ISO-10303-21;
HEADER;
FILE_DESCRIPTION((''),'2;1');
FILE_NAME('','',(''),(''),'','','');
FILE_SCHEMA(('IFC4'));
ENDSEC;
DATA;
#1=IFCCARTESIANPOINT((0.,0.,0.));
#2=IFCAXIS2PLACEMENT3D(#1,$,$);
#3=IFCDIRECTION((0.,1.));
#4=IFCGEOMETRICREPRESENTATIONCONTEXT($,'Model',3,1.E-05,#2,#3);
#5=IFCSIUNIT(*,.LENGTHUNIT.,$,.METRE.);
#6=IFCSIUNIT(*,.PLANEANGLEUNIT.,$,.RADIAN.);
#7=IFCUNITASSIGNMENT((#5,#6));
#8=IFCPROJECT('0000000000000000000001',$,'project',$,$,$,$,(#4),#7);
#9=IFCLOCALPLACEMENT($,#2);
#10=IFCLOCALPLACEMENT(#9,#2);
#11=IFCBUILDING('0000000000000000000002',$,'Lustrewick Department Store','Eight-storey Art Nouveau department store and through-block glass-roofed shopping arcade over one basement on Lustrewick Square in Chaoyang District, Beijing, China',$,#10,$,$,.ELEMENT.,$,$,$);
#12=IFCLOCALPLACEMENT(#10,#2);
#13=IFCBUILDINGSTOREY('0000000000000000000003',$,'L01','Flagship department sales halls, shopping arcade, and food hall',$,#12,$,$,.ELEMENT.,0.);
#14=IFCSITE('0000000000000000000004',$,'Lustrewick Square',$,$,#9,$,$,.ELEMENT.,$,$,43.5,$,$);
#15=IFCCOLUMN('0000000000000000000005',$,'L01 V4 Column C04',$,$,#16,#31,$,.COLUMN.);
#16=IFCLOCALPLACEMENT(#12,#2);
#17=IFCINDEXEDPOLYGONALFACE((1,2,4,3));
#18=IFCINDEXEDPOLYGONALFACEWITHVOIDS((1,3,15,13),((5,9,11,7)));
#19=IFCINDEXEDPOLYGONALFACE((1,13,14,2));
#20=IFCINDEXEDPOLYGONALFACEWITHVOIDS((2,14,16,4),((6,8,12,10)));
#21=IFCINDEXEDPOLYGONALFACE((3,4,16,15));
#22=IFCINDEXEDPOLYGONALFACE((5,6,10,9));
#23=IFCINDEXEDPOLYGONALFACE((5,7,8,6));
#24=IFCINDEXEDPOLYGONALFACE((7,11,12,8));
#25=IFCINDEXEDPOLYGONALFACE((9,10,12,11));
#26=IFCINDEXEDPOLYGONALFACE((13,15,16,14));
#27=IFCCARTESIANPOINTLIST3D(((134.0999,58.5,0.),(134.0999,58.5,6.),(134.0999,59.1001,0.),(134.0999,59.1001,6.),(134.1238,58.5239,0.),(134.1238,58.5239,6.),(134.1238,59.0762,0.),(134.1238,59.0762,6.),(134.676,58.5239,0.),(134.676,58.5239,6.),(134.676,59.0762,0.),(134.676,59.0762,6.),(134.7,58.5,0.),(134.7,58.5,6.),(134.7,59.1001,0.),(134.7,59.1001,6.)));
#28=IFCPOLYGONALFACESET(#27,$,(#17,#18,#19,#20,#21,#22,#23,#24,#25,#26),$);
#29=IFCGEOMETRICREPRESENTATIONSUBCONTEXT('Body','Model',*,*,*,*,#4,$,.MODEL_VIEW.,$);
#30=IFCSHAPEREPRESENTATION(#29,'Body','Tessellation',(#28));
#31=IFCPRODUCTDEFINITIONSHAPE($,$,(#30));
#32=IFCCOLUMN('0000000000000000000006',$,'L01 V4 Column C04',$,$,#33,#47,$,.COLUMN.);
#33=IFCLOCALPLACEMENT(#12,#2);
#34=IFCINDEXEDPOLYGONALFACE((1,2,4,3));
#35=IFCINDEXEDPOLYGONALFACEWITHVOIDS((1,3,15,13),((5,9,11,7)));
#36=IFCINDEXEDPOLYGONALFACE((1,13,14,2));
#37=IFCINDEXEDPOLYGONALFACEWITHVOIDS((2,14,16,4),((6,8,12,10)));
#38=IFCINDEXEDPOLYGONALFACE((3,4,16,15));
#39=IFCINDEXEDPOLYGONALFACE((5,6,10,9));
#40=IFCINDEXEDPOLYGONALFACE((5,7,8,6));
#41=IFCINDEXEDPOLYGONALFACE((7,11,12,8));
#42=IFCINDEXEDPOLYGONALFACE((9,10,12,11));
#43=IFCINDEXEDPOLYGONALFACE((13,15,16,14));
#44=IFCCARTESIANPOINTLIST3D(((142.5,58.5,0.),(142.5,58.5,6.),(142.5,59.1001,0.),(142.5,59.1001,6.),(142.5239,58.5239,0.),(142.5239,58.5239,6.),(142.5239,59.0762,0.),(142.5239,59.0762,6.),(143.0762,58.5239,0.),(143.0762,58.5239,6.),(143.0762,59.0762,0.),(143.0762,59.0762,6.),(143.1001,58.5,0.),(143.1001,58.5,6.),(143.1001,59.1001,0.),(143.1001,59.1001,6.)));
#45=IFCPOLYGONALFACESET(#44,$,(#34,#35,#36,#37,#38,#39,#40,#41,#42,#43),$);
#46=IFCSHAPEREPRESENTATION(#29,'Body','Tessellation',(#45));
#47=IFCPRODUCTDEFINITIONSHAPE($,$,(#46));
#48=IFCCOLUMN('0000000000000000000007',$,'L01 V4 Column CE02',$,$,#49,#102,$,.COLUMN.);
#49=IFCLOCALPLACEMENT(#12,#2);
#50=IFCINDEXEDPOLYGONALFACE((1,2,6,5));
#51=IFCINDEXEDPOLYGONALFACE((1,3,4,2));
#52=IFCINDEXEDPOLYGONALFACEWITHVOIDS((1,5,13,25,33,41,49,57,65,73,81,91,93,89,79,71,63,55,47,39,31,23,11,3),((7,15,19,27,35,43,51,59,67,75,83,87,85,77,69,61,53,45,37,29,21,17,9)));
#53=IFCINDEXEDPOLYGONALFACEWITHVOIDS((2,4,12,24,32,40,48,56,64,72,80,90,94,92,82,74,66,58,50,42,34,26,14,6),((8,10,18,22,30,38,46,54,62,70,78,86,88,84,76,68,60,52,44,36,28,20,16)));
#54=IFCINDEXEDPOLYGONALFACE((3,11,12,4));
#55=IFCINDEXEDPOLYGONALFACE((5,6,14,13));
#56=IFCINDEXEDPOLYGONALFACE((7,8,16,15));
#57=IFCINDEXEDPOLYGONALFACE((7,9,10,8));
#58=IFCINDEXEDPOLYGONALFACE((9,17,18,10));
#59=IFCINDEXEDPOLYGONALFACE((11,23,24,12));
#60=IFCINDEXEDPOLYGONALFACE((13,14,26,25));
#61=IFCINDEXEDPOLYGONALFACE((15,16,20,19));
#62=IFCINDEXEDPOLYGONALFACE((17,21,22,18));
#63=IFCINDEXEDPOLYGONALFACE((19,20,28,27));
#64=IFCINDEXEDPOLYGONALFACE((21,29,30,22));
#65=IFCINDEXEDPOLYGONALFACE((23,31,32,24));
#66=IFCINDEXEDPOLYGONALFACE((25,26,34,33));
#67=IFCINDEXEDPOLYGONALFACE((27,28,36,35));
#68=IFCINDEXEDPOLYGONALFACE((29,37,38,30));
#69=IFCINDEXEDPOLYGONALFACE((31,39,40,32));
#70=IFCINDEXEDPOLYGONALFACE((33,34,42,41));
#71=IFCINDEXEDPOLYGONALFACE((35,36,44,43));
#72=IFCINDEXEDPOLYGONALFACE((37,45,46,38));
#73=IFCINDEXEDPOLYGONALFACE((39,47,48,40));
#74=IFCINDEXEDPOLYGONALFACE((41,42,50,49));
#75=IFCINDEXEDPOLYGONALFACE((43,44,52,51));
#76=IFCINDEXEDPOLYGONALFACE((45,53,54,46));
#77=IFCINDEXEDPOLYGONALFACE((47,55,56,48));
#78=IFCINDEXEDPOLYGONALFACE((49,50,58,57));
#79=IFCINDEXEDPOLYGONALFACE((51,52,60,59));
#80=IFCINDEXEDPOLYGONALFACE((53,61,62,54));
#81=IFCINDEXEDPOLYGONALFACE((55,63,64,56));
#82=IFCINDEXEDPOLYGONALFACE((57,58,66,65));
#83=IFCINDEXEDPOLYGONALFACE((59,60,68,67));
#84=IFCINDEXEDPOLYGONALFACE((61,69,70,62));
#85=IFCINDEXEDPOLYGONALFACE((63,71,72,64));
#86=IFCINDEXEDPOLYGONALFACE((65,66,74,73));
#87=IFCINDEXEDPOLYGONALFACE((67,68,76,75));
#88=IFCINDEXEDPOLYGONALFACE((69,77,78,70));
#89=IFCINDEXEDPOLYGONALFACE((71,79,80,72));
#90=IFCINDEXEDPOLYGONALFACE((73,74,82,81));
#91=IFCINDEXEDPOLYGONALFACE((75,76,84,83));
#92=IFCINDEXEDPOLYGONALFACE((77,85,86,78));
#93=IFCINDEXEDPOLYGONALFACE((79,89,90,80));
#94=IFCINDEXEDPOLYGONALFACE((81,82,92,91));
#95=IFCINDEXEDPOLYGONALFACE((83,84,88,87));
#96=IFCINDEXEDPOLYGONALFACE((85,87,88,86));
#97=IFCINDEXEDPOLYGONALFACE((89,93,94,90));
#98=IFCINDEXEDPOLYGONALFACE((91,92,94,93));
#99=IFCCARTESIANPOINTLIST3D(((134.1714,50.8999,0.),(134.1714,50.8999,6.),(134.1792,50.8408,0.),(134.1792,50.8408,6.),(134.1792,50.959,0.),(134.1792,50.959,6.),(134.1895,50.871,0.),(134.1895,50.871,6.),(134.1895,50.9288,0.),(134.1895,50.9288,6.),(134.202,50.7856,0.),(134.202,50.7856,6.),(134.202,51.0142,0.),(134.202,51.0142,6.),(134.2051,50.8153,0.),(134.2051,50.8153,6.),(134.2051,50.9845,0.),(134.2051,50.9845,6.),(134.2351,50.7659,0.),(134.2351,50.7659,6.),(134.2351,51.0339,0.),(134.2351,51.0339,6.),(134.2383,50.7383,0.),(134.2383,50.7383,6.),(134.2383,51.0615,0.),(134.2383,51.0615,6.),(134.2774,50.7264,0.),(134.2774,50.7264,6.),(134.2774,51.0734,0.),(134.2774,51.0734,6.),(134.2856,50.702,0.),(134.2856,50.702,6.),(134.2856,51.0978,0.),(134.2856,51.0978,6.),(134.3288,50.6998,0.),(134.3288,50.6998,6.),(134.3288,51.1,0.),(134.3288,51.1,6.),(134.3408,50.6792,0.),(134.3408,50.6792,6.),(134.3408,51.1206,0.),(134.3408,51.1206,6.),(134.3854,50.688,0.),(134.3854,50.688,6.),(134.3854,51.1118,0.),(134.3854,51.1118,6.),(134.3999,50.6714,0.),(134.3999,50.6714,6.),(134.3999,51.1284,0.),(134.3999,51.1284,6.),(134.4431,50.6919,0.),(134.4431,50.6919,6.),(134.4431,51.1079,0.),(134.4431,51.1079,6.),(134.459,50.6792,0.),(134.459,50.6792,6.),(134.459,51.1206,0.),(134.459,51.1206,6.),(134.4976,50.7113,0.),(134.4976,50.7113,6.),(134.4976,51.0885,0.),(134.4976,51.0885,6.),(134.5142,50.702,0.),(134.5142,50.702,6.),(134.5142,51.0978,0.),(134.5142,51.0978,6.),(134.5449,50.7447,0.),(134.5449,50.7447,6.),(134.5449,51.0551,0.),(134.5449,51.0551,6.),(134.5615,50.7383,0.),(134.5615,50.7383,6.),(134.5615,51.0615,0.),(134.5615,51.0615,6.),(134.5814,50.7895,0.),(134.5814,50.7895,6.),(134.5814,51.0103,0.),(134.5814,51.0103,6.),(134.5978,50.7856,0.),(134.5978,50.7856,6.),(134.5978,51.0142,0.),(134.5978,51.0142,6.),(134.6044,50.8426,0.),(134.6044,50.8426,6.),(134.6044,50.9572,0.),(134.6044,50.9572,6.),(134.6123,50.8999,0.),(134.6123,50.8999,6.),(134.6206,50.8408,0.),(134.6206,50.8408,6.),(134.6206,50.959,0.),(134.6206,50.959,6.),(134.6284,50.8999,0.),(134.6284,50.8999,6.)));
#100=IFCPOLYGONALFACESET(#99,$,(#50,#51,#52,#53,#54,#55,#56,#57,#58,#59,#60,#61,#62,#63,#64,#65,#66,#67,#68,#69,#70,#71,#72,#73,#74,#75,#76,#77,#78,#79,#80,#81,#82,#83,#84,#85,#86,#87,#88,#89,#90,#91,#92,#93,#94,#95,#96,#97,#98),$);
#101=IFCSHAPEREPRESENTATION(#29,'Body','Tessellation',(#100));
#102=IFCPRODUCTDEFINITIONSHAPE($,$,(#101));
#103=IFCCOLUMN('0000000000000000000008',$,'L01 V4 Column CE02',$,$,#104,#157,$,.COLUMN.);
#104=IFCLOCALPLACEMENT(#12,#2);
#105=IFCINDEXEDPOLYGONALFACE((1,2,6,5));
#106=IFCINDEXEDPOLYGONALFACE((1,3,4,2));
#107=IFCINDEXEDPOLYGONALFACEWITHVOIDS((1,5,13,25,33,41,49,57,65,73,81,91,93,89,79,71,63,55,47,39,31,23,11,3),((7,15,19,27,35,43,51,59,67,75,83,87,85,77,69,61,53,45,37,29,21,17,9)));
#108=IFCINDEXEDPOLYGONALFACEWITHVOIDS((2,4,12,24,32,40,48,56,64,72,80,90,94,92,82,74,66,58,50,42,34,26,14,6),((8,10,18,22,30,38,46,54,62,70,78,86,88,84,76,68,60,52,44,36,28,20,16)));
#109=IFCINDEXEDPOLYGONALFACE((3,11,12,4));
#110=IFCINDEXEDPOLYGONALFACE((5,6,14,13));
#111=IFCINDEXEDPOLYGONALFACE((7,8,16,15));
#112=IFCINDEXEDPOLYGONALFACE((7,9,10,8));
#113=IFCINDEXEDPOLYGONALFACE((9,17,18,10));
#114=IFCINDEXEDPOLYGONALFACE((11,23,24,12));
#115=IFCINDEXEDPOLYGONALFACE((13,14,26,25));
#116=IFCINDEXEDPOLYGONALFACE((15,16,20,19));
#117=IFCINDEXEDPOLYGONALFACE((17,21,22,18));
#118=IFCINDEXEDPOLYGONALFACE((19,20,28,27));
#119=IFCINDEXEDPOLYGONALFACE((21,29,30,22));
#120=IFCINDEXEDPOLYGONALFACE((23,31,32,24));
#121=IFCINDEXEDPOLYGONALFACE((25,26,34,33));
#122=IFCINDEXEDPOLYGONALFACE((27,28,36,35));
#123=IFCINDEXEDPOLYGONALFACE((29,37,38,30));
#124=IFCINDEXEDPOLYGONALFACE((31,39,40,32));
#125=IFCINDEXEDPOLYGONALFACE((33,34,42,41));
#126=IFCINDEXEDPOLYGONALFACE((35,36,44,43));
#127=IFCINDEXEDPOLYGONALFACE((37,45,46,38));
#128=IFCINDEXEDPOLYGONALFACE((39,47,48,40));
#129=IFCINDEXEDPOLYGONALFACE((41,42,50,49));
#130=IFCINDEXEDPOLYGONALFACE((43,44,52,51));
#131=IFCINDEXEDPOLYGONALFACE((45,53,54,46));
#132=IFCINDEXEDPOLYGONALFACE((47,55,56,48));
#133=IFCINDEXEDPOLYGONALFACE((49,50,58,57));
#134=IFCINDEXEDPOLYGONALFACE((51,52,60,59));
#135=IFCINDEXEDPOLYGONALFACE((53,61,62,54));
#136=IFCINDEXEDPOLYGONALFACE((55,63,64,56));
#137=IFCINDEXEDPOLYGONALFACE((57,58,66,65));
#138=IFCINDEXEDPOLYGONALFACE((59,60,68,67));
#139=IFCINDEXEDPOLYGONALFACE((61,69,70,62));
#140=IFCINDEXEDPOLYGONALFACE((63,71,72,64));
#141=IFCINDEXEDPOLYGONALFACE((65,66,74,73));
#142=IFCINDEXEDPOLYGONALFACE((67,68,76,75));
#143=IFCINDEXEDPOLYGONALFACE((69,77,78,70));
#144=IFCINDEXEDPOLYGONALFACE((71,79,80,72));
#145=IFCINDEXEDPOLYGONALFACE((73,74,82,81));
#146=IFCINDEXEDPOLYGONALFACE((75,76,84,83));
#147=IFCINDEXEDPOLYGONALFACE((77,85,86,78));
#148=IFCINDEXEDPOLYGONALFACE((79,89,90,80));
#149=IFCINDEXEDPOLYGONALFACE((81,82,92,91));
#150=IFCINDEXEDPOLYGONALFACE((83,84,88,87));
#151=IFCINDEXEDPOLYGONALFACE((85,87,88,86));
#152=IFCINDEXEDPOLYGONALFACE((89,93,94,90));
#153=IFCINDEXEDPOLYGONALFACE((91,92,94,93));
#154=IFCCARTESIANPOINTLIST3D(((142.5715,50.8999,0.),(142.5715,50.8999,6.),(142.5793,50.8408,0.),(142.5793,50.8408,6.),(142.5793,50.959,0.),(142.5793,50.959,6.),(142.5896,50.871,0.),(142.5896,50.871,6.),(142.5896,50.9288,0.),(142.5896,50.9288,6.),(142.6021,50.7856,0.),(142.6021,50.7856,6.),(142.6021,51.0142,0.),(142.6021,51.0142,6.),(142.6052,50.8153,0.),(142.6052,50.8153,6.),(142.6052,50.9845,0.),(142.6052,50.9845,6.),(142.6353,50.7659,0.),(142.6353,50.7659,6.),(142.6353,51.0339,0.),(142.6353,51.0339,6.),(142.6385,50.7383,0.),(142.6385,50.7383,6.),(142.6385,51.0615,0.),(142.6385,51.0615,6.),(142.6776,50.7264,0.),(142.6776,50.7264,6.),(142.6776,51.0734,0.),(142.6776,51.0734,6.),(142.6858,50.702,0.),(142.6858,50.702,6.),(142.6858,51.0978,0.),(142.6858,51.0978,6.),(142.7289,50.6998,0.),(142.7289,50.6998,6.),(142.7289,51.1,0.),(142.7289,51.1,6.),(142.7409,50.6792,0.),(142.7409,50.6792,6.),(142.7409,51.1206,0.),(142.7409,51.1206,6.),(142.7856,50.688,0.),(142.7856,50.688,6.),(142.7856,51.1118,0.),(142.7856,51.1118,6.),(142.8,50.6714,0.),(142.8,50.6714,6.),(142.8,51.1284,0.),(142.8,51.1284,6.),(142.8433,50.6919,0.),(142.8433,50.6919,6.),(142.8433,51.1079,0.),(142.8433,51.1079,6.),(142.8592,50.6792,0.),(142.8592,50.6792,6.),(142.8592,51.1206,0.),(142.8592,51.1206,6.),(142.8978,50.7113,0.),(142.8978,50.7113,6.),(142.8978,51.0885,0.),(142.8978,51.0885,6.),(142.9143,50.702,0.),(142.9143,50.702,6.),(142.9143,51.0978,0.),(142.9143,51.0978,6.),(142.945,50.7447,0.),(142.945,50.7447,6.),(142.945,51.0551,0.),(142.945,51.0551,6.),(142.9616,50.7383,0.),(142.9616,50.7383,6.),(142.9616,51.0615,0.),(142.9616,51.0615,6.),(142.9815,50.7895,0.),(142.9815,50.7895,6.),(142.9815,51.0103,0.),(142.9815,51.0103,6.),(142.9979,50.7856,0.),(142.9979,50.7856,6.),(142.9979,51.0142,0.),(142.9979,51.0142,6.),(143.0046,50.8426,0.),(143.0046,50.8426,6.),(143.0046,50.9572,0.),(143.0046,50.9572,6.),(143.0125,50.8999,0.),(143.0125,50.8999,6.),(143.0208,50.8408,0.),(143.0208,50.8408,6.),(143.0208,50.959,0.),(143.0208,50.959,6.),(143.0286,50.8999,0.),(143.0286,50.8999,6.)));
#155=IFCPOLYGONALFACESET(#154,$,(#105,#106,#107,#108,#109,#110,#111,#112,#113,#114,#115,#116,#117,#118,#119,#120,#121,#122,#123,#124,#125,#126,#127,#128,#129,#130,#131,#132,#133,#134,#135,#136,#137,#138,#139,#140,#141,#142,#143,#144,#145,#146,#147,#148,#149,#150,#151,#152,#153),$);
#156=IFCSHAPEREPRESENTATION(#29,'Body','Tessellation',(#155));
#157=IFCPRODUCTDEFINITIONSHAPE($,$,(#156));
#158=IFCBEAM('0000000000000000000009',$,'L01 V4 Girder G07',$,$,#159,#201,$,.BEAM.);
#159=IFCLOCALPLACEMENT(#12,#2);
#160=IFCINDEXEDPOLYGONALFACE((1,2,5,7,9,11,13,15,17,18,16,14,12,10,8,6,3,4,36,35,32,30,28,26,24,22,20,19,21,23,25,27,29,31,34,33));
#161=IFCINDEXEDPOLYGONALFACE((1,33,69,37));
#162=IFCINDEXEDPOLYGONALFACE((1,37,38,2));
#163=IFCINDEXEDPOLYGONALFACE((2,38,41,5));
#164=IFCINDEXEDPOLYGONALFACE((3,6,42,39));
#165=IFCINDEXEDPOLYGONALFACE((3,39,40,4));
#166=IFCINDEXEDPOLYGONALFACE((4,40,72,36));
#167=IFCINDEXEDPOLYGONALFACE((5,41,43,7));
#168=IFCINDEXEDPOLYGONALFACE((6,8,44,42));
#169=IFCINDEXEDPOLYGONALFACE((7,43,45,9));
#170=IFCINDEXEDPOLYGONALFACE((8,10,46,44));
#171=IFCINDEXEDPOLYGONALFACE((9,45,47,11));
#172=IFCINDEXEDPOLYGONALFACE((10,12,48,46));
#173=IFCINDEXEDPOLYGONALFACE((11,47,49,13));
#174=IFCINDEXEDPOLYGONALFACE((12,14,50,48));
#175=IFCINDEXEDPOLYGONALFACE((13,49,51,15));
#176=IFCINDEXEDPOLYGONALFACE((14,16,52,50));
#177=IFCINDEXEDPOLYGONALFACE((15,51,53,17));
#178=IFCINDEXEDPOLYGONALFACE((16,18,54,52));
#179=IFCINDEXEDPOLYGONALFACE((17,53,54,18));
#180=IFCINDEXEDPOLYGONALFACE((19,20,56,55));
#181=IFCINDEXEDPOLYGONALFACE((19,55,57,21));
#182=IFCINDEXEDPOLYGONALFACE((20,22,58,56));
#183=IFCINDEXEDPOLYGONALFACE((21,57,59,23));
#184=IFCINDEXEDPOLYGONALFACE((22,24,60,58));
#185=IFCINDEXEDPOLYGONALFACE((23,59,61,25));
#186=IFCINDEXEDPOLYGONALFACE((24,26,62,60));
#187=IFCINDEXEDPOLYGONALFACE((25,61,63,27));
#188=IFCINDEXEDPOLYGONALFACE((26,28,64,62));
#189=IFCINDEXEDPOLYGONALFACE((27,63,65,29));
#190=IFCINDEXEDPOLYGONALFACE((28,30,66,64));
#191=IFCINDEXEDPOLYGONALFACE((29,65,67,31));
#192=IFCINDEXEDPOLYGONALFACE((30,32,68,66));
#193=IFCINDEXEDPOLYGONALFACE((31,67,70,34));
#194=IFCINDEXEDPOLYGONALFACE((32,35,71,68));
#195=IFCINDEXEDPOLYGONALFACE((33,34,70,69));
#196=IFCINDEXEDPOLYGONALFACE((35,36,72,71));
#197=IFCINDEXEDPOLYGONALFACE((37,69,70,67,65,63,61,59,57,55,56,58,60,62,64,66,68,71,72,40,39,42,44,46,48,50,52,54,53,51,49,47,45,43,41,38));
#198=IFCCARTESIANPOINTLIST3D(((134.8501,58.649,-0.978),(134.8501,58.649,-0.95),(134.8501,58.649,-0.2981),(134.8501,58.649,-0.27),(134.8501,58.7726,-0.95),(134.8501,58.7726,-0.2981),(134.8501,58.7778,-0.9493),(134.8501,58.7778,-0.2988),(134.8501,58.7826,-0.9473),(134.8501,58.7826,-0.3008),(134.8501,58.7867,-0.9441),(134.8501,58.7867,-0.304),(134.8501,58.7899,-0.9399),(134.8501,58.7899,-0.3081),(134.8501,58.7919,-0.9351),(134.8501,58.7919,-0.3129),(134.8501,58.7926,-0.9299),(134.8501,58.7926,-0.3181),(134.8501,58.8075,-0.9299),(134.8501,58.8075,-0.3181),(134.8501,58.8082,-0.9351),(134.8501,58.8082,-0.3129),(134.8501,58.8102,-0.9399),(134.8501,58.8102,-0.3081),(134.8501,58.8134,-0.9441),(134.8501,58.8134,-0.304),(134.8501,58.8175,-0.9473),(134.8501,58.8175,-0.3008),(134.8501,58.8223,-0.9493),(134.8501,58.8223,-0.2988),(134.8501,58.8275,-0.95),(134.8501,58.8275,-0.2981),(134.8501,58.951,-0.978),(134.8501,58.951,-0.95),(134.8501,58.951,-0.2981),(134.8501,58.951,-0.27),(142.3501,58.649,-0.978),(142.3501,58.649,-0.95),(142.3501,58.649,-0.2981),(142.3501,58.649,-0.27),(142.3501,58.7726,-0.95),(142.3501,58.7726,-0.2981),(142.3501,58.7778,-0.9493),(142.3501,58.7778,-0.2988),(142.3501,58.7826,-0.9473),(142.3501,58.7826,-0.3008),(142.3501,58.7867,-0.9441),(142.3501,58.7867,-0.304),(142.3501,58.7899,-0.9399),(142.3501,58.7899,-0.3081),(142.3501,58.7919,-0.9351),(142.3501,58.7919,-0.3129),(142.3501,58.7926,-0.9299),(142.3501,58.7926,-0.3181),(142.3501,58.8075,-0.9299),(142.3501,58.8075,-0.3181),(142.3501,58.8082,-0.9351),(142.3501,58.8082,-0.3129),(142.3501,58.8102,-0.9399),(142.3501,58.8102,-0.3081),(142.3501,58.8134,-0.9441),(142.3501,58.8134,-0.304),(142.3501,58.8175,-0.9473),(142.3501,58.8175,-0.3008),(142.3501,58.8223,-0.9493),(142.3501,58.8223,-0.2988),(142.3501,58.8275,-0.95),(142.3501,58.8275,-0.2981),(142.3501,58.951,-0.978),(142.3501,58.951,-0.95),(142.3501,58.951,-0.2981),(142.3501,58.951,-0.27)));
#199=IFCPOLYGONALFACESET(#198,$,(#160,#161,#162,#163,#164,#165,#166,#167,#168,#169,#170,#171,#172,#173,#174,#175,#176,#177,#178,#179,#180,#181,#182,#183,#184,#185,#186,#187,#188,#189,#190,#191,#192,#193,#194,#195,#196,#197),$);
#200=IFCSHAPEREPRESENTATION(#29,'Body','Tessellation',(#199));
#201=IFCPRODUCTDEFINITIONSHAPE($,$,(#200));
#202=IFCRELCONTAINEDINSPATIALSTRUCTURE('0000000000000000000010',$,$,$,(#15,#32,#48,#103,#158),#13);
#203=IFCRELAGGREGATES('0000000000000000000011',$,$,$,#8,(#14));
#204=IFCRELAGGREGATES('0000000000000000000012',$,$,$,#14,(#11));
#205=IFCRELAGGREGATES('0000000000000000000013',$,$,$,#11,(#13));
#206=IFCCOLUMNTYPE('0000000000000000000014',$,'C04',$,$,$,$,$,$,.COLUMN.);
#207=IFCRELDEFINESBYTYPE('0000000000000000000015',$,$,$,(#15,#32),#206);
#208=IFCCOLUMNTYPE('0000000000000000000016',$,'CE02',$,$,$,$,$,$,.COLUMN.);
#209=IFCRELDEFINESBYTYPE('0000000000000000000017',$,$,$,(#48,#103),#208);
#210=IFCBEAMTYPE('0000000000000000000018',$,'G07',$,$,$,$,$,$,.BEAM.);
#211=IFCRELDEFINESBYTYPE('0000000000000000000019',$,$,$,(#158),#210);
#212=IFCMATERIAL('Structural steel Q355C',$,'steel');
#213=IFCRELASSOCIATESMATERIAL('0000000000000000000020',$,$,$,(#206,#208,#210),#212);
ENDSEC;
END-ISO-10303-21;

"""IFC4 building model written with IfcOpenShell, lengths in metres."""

from ifc_helpers import new_model, si_unit, direction, frame, origin, origin_2d, place, context, subcontext, project, spatial, hollow_rectangle, hollow_circle, i_section, extrude, material, material_profile, profile_set, type_object, element, save


model = new_model("IFC4")

# Units and contexts
model_context = context("Model", 3, precision=1e-05, world=origin(), true_north=direction((0.0, 1.0)))
body_context = subcontext(model_context, "Body", "Model", "MODEL_VIEW")
ifc_project = project(units=[si_unit("LENGTHUNIT", "METRE"), si_unit("PLANEANGLEUNIT", "RADIAN")], contexts=[model_context])

# Site, building, storey
site_placement = place(None, origin())
site = spatial("IfcSite", under=ifc_project, at=site_placement, Name="Lustrewick Square", CompositionType="ELEMENT", RefElevation=43.5)
building_placement = place(site_placement, origin())
building = spatial("IfcBuilding", under=site, at=building_placement, Name="Lustrewick Department Store", Description="Eight-storey Art Nouveau department store and through-block glass-roofed shopping arcade over one basement on Lustrewick Square in Chaoyang District, Beijing, China", CompositionType="ELEMENT")
storey_placement = place(building_placement, origin())
storey = spatial("IfcBuildingStorey", under=building, at=storey_placement, Name="L01", Description="Flagship department sales halls, shopping arcade, and food hall", CompositionType="ELEMENT", Elevation=0.0)

# Columns
ifc_material_1 = material(Name="Structural steel Q355C", Category="steel")
ifc_material_profile_1 = material_profile(ifc_material_1, hollow_rectangle(XDim=0.6001, YDim=0.6001, WallThickness=0.0239, at=origin_2d()), Name="BOX 600x600x24")
ifc_profile_set_1 = profile_set([ifc_material_profile_1], Name="Structural steel Q355C")
column_type_1 = type_object("IfcColumnType", Name="C04", PredefinedType="COLUMN", material=ifc_profile_set_1)
for number, where, z_axis, x_axis, name in (
    (1, (134.3999, 58.8, 0.0), (0.0, 0.0, 1.0), (1.0, 0.0, 0.0), "L01 V4 Column C04"),
    (2, (142.8, 58.8, 0.0), (0.0, 0.0, 1.0), (1.0, 0.0, 0.0), "L01 V4 Column C04"),
):
    element("IfcColumn", number, at=place(storey_placement, frame(where, z_axis=z_axis, x_axis=x_axis)), inside=storey, type_object=column_type_1, Name=name, PredefinedType="COLUMN", context=body_context, shape_type="SweptSolid", body=[
        extrude(hollow_rectangle(XDim=0.6001, YDim=0.6001, WallThickness=0.0239, at=origin_2d()), origin(), (0.0, 0.0, 1.0), 6.0),
    ])
ifc_material_profile_2 = material_profile(ifc_material_1, hollow_circle(Radius=0.2285, WallThickness=0.0161, at=origin_2d()), Name="CHS 457x16")
ifc_profile_set_2 = profile_set([ifc_material_profile_2], Name="Structural steel Q355C")
column_type_2 = type_object("IfcColumnType", Name="CE02", PredefinedType="COLUMN", material=ifc_profile_set_2)
for number, where, z_axis, x_axis, name in (
    (3, (134.3999, 50.8999, 0.0), (0.0, 0.0, 1.0), (1.0, 0.0, 0.0), "L01 V4 Column CE02"),
    (4, (142.8, 50.8999, 0.0), (0.0, 0.0, 1.0), (1.0, 0.0, 0.0), "L01 V4 Column CE02"),
):
    element("IfcColumn", number, at=place(storey_placement, frame(where, z_axis=z_axis, x_axis=x_axis)), inside=storey, type_object=column_type_2, Name=name, PredefinedType="COLUMN", context=body_context, shape_type="SweptSolid", body=[
        extrude(hollow_circle(Radius=0.2285, WallThickness=0.0161, at=origin_2d()), origin(), (0.0, 0.0, 1.0), 6.0),
    ])

# Beam
ifc_material_profile_3 = material_profile(ifc_material_1, i_section(OverallWidth=0.302, OverallDepth=0.708, WebThickness=0.0149, FlangeThickness=0.0281, FilletRadius=0.02, at=origin_2d()), Name="HN 708x302x15x28")
ifc_profile_set_3 = profile_set([ifc_material_profile_3], Name="Structural steel Q355C")
beam_type_1 = type_object("IfcBeamType", Name="G07", PredefinedType="BEAM", material=ifc_profile_set_3)
beam_1_placement = place(storey_placement, frame((134.8501, 58.8, -0.624), z_axis=(1.0, 0.0, 0.0), x_axis=(0.0, 1.0, 0.0)))
element("IfcBeam", 5, at=beam_1_placement, inside=storey, type_object=beam_type_1, Name="L01 V4 Girder G07", PredefinedType="BEAM", context=body_context, shape_type="SweptSolid", body=[
    extrude(i_section(OverallWidth=0.302, OverallDepth=0.708, WebThickness=0.0149, FlangeThickness=0.0281, FilletRadius=0.02, at=origin_2d()), origin(), (0.0, 0.0, 1.0), 7.5),
])

save(model, "model.ifc")
